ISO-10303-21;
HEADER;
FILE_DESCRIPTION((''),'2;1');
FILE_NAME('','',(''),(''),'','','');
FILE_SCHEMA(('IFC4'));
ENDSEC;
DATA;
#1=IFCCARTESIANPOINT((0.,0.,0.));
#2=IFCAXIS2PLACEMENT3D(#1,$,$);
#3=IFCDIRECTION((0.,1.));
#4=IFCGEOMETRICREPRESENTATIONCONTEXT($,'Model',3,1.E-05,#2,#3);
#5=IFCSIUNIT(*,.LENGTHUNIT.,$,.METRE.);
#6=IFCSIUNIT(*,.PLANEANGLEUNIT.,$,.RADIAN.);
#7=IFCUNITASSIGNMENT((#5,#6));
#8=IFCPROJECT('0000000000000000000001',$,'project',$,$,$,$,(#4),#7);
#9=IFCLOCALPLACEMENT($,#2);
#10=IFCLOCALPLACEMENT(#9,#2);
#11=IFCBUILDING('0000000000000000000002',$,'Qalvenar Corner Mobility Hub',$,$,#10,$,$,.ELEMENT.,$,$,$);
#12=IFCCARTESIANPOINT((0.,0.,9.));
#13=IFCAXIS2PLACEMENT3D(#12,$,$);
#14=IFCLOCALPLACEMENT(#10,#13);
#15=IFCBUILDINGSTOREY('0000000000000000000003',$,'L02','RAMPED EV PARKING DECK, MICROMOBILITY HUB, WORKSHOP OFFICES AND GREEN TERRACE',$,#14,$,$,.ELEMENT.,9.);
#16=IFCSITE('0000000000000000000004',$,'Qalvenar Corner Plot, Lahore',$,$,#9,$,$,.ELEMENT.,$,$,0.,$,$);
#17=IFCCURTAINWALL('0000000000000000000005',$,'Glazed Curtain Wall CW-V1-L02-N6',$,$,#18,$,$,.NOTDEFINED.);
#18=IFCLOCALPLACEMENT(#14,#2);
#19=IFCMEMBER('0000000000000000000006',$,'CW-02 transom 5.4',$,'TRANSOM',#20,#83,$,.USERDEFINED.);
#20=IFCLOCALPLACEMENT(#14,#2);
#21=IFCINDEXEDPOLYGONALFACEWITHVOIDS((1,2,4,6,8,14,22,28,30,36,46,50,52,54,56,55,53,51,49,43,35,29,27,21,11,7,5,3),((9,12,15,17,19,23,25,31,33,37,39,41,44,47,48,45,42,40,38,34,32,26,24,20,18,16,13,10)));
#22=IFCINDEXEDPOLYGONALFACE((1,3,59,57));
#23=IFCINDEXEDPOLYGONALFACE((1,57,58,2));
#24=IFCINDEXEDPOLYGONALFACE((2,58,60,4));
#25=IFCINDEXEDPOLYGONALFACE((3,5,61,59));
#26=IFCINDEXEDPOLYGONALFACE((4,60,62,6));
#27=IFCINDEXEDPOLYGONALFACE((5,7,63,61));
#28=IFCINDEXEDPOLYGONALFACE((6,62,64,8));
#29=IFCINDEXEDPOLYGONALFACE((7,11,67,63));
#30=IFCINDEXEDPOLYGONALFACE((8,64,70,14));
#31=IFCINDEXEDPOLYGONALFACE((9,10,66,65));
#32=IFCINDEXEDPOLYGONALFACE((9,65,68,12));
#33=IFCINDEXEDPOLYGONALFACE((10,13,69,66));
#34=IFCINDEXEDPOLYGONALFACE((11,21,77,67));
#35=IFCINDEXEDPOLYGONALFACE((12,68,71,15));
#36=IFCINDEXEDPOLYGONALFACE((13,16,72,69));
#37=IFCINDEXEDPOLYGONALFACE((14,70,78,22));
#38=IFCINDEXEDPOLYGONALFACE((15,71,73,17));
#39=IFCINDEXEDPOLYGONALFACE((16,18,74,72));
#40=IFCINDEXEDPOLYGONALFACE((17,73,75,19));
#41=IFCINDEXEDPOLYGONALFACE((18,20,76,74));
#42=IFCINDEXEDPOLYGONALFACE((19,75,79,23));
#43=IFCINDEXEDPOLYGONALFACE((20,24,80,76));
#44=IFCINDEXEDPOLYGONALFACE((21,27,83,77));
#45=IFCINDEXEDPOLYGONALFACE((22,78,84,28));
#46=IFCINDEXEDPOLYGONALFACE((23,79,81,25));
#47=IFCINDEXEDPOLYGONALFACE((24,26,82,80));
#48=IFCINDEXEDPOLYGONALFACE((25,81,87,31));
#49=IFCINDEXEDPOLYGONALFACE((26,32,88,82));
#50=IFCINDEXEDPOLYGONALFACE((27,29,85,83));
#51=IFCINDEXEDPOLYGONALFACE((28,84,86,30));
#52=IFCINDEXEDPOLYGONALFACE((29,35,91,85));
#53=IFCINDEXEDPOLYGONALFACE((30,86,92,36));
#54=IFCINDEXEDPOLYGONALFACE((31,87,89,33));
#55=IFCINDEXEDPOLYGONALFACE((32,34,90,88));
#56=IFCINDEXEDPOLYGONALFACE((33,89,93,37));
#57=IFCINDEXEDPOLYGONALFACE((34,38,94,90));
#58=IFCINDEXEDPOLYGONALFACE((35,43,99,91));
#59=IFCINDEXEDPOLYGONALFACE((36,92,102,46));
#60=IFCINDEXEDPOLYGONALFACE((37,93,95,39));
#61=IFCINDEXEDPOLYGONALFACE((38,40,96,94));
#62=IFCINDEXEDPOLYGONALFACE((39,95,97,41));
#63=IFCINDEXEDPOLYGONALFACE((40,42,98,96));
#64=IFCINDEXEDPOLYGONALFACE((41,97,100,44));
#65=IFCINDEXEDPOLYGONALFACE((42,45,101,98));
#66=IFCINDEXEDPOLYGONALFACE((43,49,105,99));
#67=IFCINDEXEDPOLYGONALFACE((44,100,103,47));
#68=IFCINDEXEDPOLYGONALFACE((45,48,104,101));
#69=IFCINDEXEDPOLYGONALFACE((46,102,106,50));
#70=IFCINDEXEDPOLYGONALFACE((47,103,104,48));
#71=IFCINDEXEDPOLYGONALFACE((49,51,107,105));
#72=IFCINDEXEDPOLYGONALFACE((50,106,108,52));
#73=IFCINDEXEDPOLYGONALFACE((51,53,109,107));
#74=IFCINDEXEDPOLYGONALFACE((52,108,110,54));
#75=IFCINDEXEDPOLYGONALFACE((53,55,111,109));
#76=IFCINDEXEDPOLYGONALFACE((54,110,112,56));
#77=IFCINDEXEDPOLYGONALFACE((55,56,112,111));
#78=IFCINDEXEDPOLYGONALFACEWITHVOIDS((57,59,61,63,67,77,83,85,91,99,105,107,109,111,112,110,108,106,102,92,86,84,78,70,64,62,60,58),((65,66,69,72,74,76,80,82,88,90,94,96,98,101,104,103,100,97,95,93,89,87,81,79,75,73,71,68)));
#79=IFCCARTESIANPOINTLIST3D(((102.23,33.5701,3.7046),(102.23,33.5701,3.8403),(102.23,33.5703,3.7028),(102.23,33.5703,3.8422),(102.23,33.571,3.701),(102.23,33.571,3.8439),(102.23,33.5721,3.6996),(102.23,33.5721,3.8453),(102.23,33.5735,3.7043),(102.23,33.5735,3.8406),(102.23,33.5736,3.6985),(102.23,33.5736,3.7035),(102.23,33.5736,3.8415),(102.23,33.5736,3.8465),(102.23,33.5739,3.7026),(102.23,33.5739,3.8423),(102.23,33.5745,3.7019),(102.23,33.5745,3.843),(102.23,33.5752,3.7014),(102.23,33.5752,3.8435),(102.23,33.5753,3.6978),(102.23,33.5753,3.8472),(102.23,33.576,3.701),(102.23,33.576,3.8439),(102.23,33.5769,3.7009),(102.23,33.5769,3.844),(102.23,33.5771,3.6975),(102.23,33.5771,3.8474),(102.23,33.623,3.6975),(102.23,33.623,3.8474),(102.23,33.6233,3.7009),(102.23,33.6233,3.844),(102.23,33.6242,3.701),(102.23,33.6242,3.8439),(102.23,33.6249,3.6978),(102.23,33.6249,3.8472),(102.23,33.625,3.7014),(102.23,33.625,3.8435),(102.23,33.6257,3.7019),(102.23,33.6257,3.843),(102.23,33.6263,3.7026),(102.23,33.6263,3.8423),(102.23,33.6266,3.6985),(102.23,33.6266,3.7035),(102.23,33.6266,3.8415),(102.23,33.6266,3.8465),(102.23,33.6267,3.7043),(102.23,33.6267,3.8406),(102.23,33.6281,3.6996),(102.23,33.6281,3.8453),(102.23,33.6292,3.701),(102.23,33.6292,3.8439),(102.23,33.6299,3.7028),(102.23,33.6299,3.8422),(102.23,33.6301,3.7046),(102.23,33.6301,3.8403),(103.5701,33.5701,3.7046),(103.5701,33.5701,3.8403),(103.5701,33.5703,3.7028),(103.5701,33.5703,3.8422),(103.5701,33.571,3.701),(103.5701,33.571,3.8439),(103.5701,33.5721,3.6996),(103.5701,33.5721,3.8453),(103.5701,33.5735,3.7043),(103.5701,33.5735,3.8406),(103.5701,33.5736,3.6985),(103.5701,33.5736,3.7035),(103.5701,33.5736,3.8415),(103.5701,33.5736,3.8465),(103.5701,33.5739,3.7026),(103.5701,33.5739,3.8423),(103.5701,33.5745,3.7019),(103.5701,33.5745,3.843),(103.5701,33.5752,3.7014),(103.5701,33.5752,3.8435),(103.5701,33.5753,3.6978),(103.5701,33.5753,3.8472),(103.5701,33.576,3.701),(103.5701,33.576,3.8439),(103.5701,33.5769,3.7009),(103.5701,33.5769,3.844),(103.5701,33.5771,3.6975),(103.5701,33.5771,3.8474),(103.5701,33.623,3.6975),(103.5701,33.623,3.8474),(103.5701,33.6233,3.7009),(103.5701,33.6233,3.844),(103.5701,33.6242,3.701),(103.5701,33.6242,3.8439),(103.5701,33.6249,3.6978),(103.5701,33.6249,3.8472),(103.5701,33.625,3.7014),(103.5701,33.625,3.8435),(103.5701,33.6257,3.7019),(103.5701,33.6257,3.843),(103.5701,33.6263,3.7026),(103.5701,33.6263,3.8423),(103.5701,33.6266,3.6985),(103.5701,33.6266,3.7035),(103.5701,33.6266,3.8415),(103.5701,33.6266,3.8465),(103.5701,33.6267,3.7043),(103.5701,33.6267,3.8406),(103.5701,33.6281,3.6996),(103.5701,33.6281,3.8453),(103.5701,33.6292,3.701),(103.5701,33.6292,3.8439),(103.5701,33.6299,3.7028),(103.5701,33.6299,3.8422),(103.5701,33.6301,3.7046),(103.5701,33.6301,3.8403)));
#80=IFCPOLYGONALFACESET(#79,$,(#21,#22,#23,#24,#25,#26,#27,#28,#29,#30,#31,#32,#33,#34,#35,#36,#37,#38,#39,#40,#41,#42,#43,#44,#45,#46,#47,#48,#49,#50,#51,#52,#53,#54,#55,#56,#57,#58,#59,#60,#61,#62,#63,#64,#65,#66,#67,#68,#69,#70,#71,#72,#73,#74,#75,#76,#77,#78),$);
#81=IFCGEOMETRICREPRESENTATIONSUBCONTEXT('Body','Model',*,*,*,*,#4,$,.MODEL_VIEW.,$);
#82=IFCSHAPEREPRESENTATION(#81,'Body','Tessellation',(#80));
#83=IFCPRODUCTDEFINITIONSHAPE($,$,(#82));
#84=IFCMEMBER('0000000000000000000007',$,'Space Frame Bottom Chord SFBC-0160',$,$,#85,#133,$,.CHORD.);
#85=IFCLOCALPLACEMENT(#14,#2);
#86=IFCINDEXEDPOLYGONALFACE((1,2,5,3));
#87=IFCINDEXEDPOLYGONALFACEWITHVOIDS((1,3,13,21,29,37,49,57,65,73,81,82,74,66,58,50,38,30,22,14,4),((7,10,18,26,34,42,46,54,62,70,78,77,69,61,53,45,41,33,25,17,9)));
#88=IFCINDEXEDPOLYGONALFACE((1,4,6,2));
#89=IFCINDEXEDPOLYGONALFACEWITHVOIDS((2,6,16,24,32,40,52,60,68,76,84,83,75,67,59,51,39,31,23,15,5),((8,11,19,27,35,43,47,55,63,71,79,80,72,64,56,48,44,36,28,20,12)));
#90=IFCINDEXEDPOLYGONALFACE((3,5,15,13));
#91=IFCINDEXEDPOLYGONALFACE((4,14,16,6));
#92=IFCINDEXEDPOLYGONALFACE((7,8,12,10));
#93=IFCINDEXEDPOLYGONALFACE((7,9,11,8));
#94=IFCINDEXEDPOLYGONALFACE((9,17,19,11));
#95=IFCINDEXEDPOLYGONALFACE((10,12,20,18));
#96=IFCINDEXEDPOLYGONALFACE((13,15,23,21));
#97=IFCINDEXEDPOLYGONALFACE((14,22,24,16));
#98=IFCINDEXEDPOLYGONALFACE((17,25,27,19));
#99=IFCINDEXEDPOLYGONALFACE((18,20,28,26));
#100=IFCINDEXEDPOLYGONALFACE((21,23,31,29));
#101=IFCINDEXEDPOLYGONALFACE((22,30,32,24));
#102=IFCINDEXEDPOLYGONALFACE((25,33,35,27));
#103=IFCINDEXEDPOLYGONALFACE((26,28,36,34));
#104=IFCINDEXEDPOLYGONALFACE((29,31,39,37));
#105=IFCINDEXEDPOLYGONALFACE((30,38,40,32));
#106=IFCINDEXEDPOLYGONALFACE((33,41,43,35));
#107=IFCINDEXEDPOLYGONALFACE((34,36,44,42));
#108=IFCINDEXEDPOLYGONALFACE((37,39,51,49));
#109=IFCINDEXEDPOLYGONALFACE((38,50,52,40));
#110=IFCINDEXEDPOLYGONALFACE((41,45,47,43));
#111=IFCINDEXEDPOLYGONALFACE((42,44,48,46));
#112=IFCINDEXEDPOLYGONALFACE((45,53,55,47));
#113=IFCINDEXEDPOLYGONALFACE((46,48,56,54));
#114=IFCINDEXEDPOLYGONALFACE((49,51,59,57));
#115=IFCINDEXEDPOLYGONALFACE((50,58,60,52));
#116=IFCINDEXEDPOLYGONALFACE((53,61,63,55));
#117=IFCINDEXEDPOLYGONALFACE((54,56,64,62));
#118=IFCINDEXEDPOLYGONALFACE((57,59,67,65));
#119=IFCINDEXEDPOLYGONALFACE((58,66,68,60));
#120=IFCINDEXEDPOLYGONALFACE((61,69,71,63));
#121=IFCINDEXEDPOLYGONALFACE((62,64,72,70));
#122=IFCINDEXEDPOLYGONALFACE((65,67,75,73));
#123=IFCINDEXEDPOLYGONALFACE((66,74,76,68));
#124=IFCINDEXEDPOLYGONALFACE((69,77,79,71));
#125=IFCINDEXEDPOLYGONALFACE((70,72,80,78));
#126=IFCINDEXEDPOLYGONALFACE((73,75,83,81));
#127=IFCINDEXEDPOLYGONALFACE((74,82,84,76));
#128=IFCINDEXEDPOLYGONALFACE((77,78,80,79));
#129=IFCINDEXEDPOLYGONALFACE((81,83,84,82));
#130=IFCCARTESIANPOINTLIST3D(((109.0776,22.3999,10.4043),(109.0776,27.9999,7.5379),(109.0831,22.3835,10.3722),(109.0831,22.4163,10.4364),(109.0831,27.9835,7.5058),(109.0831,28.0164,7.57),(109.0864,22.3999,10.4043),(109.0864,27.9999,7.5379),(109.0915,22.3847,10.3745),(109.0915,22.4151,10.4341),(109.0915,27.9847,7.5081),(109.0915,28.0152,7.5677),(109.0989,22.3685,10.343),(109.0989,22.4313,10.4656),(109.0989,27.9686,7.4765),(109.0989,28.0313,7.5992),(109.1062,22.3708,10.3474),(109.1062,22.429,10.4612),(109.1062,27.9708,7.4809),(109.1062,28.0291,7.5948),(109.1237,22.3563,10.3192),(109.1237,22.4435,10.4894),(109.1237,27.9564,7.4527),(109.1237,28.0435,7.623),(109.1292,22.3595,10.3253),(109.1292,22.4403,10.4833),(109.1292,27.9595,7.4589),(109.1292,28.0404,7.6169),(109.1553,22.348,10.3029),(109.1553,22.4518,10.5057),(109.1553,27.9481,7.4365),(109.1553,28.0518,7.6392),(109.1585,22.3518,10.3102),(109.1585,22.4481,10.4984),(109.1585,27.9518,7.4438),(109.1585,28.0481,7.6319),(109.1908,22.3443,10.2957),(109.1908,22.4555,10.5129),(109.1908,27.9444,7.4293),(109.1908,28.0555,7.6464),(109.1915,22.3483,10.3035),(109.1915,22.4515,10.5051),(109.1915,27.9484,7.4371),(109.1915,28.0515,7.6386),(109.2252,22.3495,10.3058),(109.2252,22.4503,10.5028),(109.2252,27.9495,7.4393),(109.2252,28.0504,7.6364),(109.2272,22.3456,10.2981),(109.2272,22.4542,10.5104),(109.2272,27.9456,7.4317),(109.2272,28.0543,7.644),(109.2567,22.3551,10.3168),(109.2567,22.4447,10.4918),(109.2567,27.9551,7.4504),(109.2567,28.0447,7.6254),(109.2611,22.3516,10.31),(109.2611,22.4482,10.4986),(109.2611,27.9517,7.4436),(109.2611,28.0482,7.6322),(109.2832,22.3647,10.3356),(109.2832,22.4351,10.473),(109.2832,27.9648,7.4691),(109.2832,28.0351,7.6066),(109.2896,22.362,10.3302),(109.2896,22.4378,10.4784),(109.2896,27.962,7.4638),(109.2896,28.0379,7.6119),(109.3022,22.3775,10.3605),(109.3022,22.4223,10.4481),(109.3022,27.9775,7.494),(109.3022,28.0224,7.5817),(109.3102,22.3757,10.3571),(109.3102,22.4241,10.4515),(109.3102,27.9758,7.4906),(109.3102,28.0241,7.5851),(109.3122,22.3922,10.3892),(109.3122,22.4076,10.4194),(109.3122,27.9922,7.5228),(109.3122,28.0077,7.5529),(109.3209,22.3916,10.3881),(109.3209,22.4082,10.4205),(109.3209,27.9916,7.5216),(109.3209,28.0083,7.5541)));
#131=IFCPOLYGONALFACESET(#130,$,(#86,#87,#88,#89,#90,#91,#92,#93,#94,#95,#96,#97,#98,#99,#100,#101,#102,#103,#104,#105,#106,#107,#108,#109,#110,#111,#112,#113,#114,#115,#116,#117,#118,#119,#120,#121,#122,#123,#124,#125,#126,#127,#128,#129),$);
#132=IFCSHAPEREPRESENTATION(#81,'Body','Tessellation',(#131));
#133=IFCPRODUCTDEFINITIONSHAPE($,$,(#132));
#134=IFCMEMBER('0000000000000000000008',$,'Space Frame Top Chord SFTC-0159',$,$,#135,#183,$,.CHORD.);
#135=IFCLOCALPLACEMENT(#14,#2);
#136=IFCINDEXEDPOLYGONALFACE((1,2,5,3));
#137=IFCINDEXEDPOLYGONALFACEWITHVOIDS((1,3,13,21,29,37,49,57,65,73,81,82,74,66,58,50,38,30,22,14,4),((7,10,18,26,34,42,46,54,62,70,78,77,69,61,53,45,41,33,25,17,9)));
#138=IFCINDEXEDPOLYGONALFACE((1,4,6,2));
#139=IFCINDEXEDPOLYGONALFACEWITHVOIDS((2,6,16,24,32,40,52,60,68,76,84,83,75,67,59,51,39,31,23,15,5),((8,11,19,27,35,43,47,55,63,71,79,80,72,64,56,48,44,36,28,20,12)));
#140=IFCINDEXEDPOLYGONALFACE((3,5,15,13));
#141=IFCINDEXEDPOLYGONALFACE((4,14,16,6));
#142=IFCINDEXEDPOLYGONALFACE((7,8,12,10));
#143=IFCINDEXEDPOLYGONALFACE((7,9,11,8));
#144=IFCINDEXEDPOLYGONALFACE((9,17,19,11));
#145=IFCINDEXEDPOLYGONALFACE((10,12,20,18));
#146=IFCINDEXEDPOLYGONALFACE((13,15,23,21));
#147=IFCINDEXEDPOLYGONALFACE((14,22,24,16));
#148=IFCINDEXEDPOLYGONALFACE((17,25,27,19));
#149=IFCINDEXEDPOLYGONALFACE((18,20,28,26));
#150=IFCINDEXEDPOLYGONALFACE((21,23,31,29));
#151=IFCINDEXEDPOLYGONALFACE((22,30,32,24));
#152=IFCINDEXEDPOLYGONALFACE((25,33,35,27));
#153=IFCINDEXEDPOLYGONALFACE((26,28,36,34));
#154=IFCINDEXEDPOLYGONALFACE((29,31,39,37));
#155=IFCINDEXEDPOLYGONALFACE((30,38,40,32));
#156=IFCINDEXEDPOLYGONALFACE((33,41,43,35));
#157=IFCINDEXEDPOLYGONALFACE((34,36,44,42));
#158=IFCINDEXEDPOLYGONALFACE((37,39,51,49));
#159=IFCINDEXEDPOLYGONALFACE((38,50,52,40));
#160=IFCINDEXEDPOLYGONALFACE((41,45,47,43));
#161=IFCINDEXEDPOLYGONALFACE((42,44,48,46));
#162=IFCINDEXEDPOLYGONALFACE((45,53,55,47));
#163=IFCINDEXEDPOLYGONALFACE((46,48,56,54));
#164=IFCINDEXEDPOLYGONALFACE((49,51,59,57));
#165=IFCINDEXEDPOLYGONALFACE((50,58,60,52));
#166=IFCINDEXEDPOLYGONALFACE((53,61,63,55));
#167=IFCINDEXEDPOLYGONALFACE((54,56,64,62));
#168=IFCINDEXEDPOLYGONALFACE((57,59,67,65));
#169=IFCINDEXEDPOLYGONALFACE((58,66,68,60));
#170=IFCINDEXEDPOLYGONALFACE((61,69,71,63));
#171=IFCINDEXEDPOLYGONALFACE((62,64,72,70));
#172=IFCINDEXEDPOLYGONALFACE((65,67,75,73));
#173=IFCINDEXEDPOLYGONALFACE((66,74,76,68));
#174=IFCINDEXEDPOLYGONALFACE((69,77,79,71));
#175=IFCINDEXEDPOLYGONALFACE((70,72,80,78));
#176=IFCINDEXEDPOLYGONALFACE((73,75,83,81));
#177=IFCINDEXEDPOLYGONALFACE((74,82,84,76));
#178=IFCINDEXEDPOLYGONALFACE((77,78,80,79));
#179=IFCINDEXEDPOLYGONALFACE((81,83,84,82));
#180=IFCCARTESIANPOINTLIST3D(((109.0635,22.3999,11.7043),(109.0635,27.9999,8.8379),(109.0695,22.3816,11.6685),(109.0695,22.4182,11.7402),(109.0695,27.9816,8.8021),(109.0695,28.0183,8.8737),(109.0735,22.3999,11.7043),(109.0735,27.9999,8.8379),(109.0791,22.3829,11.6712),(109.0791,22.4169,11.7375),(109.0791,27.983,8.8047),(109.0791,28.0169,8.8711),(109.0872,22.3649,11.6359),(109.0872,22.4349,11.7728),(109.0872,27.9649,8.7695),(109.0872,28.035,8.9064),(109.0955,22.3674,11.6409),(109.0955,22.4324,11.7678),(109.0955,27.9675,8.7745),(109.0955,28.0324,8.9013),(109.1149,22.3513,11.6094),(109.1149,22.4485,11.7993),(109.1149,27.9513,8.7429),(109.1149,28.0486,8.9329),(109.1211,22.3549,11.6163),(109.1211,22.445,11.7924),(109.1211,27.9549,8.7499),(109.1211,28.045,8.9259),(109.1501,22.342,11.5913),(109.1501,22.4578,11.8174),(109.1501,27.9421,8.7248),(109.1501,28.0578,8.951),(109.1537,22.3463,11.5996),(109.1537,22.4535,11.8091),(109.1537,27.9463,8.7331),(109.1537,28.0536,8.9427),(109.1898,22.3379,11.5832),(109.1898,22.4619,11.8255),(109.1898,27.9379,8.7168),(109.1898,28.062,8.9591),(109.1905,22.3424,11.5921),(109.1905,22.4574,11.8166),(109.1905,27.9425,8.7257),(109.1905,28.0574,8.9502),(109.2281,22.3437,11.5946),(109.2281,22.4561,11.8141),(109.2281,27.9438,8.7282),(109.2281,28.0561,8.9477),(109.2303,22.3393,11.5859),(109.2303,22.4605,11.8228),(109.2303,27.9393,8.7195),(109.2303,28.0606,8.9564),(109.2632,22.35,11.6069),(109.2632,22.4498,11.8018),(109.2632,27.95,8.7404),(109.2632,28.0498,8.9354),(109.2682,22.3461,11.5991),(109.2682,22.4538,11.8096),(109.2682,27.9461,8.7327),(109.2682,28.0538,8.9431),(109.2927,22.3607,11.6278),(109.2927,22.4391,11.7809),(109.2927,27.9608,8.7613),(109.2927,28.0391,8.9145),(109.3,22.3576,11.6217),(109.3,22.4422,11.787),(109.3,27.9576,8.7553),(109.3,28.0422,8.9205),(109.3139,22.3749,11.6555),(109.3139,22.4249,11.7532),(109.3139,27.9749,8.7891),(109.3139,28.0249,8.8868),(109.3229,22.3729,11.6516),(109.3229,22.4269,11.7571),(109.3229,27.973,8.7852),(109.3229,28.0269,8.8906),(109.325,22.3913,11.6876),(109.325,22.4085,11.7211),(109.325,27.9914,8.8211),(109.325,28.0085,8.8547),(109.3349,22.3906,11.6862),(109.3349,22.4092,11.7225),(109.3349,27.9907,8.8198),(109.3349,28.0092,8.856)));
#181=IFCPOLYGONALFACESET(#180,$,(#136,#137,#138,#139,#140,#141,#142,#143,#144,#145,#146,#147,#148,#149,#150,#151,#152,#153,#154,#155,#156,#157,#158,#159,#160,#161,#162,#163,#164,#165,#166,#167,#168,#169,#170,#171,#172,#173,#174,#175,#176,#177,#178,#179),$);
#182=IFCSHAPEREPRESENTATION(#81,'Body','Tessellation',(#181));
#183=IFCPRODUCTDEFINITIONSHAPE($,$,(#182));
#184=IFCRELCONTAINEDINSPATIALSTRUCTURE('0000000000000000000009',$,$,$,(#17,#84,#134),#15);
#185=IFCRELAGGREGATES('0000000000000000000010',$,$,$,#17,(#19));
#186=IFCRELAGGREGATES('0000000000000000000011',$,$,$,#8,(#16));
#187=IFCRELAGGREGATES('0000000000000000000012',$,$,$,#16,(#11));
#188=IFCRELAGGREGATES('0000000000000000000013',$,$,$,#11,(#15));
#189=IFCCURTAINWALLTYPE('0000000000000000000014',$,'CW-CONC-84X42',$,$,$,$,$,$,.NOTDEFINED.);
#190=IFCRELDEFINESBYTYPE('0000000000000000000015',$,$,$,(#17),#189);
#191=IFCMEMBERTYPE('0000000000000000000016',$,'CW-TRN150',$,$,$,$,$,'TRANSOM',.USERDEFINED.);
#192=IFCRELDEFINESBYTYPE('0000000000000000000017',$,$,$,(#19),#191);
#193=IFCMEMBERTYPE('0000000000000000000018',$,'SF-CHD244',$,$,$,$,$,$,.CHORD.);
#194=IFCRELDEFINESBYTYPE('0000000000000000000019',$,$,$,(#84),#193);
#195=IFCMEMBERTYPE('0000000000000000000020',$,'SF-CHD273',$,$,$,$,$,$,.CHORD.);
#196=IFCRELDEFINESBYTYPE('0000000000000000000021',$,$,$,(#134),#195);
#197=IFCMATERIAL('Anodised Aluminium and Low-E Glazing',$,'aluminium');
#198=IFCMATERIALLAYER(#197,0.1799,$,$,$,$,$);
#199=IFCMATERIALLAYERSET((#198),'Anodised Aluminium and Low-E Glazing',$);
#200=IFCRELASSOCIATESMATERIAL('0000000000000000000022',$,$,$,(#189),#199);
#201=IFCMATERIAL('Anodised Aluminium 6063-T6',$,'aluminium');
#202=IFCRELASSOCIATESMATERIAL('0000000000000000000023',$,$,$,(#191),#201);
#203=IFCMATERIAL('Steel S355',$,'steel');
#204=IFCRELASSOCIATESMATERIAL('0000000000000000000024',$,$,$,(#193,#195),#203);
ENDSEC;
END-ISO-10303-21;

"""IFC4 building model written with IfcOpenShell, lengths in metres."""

from ifc_helpers import new_model, si_unit, direction, frame, origin, origin_2d, place, context, subcontext, project, spatial, hollow_rectangle, hollow_circle, extrude, material, layer, layer_set, material_profile, profile_set, type_object, element, aggregate, save


model = new_model("IFC4")

# Units and contexts
model_context = context("Model", 3, precision=1e-05, world=origin(), true_north=direction((0.0, 1.0)))
body_context = subcontext(model_context, "Body", "Model", "MODEL_VIEW")
ifc_project = project(units=[si_unit("LENGTHUNIT", "METRE"), si_unit("PLANEANGLEUNIT", "RADIAN")], contexts=[model_context])

# Site, building, storey
site_placement = place(None, origin())
site = spatial("IfcSite", under=ifc_project, at=site_placement, Name="Qalvenar Corner Plot, Lahore", CompositionType="ELEMENT", RefElevation=0.0)
building_placement = place(site_placement, origin())
building = spatial("IfcBuilding", under=site, at=building_placement, Name="Qalvenar Corner Mobility Hub", CompositionType="ELEMENT")
storey_placement = place(building_placement, frame((0.0, 0.0, 9.0)))
storey = spatial("IfcBuildingStorey", under=building, at=storey_placement, Name="L02", Description="RAMPED EV PARKING DECK, MICROMOBILITY HUB, WORKSHOP OFFICES AND GREEN TERRACE", CompositionType="ELEMENT", Elevation=9.0)

# Curtain wall, member
ifc_material_1 = material(Name="Anodised Aluminium and Low-E Glazing", Category="aluminium")
ifc_layer_1 = layer(ifc_material_1, 0.1799)
ifc_layer_set_1 = layer_set([ifc_layer_1], Name="Anodised Aluminium and Low-E Glazing")
curtain_wall_type = type_object("IfcCurtainWallType", Name="CW-CONC-84X42", PredefinedType="NOTDEFINED", material=ifc_layer_set_1)
curtain_wall_placement = place(storey_placement, origin())
curtain_wall = element("IfcCurtainWall", 1, at=curtain_wall_placement, inside=storey, type_object=curtain_wall_type, Name="Glazed Curtain Wall CW-V1-L02-N6", PredefinedType="NOTDEFINED")
ifc_material_2 = material(Name="Anodised Aluminium 6063-T6", Category="aluminium")
ifc_material_profile_1 = material_profile(ifc_material_2, hollow_rectangle(XDim=0.0601, YDim=0.1499, WallThickness=0.0034, InnerFilletRadius=0.0034, OuterFilletRadius=0.0071, at=origin_2d()), Name="RHS150x60x3.5")
ifc_profile_set_1 = profile_set([ifc_material_profile_1], Name="Anodised Aluminium 6063-T6")
member_type_1 = type_object("IfcMemberType", Name="CW-TRN150", ElementType="TRANSOM", PredefinedType="USERDEFINED", material=ifc_profile_set_1)
member_1_placement = place(storey_placement, frame((103.5701, 33.6001, 3.7725), z_axis=(-1.0, 0.0, 0.0), x_axis=(0.0, -1.0, 0.0)))
member_1 = element("IfcMember", 2, at=member_1_placement, type_object=member_type_1, Name="CW-02 transom 5.4", ObjectType="TRANSOM", PredefinedType="USERDEFINED", context=body_context, shape_type="SweptSolid", body=[
    extrude(hollow_rectangle(XDim=0.0601, YDim=0.1499, WallThickness=0.0034, InnerFilletRadius=0.0034, OuterFilletRadius=0.0071, at=origin_2d()), origin(), (0.0, 0.0, 1.0), 1.3401),
])

# Members
ifc_material_3 = material(Name="Steel S355", Category="steel")
ifc_material_profile_2 = material_profile(ifc_material_3, hollow_circle(Radius=0.1223, WallThickness=0.0088, at=origin_2d()), Name="CHS244.5x8.8")
ifc_profile_set_2 = profile_set([ifc_material_profile_2], Name="Steel S355")
member_type_2 = type_object("IfcMemberType", Name="SF-CHD244", PredefinedType="CHORD", material=ifc_profile_set_2)
member_2_placement = place(storey_placement, frame((109.2, 22.3999, 10.4043), z_axis=(0.0, 0.890165, -0.455638), x_axis=(-1.0, 0.0, 0.0)))
element("IfcMember", 3, at=member_2_placement, inside=storey, type_object=member_type_2, Name="Space Frame Bottom Chord SFBC-0160", PredefinedType="CHORD", context=body_context, shape_type="SweptSolid", body=[
    extrude(hollow_circle(Radius=0.1223, WallThickness=0.0088, at=origin_2d()), origin(), (0.0, 0.0, 1.0), 6.291),
])
ifc_material_profile_3 = material_profile(ifc_material_3, hollow_circle(Radius=0.1365, WallThickness=0.01, at=origin_2d()), Name="CHS273x10")
ifc_profile_set_3 = profile_set([ifc_material_profile_3], Name="Steel S355")
member_type_3 = type_object("IfcMemberType", Name="SF-CHD273", PredefinedType="CHORD", material=ifc_profile_set_3)
member_3_placement = place(storey_placement, frame((109.2, 22.3999, 11.7043), z_axis=(0.0, 0.890165, -0.455638), x_axis=(-1.0, 0.0, 0.0)))
element("IfcMember", 4, at=member_3_placement, inside=storey, type_object=member_type_3, Name="Space Frame Top Chord SFTC-0159", PredefinedType="CHORD", context=body_context, shape_type="SweptSolid", body=[
    extrude(hollow_circle(Radius=0.1365, WallThickness=0.01, at=origin_2d()), origin(), (0.0, 0.0, 1.0), 6.291),
])

aggregate(curtain_wall, [member_1])

save(model, "model.ifc")
